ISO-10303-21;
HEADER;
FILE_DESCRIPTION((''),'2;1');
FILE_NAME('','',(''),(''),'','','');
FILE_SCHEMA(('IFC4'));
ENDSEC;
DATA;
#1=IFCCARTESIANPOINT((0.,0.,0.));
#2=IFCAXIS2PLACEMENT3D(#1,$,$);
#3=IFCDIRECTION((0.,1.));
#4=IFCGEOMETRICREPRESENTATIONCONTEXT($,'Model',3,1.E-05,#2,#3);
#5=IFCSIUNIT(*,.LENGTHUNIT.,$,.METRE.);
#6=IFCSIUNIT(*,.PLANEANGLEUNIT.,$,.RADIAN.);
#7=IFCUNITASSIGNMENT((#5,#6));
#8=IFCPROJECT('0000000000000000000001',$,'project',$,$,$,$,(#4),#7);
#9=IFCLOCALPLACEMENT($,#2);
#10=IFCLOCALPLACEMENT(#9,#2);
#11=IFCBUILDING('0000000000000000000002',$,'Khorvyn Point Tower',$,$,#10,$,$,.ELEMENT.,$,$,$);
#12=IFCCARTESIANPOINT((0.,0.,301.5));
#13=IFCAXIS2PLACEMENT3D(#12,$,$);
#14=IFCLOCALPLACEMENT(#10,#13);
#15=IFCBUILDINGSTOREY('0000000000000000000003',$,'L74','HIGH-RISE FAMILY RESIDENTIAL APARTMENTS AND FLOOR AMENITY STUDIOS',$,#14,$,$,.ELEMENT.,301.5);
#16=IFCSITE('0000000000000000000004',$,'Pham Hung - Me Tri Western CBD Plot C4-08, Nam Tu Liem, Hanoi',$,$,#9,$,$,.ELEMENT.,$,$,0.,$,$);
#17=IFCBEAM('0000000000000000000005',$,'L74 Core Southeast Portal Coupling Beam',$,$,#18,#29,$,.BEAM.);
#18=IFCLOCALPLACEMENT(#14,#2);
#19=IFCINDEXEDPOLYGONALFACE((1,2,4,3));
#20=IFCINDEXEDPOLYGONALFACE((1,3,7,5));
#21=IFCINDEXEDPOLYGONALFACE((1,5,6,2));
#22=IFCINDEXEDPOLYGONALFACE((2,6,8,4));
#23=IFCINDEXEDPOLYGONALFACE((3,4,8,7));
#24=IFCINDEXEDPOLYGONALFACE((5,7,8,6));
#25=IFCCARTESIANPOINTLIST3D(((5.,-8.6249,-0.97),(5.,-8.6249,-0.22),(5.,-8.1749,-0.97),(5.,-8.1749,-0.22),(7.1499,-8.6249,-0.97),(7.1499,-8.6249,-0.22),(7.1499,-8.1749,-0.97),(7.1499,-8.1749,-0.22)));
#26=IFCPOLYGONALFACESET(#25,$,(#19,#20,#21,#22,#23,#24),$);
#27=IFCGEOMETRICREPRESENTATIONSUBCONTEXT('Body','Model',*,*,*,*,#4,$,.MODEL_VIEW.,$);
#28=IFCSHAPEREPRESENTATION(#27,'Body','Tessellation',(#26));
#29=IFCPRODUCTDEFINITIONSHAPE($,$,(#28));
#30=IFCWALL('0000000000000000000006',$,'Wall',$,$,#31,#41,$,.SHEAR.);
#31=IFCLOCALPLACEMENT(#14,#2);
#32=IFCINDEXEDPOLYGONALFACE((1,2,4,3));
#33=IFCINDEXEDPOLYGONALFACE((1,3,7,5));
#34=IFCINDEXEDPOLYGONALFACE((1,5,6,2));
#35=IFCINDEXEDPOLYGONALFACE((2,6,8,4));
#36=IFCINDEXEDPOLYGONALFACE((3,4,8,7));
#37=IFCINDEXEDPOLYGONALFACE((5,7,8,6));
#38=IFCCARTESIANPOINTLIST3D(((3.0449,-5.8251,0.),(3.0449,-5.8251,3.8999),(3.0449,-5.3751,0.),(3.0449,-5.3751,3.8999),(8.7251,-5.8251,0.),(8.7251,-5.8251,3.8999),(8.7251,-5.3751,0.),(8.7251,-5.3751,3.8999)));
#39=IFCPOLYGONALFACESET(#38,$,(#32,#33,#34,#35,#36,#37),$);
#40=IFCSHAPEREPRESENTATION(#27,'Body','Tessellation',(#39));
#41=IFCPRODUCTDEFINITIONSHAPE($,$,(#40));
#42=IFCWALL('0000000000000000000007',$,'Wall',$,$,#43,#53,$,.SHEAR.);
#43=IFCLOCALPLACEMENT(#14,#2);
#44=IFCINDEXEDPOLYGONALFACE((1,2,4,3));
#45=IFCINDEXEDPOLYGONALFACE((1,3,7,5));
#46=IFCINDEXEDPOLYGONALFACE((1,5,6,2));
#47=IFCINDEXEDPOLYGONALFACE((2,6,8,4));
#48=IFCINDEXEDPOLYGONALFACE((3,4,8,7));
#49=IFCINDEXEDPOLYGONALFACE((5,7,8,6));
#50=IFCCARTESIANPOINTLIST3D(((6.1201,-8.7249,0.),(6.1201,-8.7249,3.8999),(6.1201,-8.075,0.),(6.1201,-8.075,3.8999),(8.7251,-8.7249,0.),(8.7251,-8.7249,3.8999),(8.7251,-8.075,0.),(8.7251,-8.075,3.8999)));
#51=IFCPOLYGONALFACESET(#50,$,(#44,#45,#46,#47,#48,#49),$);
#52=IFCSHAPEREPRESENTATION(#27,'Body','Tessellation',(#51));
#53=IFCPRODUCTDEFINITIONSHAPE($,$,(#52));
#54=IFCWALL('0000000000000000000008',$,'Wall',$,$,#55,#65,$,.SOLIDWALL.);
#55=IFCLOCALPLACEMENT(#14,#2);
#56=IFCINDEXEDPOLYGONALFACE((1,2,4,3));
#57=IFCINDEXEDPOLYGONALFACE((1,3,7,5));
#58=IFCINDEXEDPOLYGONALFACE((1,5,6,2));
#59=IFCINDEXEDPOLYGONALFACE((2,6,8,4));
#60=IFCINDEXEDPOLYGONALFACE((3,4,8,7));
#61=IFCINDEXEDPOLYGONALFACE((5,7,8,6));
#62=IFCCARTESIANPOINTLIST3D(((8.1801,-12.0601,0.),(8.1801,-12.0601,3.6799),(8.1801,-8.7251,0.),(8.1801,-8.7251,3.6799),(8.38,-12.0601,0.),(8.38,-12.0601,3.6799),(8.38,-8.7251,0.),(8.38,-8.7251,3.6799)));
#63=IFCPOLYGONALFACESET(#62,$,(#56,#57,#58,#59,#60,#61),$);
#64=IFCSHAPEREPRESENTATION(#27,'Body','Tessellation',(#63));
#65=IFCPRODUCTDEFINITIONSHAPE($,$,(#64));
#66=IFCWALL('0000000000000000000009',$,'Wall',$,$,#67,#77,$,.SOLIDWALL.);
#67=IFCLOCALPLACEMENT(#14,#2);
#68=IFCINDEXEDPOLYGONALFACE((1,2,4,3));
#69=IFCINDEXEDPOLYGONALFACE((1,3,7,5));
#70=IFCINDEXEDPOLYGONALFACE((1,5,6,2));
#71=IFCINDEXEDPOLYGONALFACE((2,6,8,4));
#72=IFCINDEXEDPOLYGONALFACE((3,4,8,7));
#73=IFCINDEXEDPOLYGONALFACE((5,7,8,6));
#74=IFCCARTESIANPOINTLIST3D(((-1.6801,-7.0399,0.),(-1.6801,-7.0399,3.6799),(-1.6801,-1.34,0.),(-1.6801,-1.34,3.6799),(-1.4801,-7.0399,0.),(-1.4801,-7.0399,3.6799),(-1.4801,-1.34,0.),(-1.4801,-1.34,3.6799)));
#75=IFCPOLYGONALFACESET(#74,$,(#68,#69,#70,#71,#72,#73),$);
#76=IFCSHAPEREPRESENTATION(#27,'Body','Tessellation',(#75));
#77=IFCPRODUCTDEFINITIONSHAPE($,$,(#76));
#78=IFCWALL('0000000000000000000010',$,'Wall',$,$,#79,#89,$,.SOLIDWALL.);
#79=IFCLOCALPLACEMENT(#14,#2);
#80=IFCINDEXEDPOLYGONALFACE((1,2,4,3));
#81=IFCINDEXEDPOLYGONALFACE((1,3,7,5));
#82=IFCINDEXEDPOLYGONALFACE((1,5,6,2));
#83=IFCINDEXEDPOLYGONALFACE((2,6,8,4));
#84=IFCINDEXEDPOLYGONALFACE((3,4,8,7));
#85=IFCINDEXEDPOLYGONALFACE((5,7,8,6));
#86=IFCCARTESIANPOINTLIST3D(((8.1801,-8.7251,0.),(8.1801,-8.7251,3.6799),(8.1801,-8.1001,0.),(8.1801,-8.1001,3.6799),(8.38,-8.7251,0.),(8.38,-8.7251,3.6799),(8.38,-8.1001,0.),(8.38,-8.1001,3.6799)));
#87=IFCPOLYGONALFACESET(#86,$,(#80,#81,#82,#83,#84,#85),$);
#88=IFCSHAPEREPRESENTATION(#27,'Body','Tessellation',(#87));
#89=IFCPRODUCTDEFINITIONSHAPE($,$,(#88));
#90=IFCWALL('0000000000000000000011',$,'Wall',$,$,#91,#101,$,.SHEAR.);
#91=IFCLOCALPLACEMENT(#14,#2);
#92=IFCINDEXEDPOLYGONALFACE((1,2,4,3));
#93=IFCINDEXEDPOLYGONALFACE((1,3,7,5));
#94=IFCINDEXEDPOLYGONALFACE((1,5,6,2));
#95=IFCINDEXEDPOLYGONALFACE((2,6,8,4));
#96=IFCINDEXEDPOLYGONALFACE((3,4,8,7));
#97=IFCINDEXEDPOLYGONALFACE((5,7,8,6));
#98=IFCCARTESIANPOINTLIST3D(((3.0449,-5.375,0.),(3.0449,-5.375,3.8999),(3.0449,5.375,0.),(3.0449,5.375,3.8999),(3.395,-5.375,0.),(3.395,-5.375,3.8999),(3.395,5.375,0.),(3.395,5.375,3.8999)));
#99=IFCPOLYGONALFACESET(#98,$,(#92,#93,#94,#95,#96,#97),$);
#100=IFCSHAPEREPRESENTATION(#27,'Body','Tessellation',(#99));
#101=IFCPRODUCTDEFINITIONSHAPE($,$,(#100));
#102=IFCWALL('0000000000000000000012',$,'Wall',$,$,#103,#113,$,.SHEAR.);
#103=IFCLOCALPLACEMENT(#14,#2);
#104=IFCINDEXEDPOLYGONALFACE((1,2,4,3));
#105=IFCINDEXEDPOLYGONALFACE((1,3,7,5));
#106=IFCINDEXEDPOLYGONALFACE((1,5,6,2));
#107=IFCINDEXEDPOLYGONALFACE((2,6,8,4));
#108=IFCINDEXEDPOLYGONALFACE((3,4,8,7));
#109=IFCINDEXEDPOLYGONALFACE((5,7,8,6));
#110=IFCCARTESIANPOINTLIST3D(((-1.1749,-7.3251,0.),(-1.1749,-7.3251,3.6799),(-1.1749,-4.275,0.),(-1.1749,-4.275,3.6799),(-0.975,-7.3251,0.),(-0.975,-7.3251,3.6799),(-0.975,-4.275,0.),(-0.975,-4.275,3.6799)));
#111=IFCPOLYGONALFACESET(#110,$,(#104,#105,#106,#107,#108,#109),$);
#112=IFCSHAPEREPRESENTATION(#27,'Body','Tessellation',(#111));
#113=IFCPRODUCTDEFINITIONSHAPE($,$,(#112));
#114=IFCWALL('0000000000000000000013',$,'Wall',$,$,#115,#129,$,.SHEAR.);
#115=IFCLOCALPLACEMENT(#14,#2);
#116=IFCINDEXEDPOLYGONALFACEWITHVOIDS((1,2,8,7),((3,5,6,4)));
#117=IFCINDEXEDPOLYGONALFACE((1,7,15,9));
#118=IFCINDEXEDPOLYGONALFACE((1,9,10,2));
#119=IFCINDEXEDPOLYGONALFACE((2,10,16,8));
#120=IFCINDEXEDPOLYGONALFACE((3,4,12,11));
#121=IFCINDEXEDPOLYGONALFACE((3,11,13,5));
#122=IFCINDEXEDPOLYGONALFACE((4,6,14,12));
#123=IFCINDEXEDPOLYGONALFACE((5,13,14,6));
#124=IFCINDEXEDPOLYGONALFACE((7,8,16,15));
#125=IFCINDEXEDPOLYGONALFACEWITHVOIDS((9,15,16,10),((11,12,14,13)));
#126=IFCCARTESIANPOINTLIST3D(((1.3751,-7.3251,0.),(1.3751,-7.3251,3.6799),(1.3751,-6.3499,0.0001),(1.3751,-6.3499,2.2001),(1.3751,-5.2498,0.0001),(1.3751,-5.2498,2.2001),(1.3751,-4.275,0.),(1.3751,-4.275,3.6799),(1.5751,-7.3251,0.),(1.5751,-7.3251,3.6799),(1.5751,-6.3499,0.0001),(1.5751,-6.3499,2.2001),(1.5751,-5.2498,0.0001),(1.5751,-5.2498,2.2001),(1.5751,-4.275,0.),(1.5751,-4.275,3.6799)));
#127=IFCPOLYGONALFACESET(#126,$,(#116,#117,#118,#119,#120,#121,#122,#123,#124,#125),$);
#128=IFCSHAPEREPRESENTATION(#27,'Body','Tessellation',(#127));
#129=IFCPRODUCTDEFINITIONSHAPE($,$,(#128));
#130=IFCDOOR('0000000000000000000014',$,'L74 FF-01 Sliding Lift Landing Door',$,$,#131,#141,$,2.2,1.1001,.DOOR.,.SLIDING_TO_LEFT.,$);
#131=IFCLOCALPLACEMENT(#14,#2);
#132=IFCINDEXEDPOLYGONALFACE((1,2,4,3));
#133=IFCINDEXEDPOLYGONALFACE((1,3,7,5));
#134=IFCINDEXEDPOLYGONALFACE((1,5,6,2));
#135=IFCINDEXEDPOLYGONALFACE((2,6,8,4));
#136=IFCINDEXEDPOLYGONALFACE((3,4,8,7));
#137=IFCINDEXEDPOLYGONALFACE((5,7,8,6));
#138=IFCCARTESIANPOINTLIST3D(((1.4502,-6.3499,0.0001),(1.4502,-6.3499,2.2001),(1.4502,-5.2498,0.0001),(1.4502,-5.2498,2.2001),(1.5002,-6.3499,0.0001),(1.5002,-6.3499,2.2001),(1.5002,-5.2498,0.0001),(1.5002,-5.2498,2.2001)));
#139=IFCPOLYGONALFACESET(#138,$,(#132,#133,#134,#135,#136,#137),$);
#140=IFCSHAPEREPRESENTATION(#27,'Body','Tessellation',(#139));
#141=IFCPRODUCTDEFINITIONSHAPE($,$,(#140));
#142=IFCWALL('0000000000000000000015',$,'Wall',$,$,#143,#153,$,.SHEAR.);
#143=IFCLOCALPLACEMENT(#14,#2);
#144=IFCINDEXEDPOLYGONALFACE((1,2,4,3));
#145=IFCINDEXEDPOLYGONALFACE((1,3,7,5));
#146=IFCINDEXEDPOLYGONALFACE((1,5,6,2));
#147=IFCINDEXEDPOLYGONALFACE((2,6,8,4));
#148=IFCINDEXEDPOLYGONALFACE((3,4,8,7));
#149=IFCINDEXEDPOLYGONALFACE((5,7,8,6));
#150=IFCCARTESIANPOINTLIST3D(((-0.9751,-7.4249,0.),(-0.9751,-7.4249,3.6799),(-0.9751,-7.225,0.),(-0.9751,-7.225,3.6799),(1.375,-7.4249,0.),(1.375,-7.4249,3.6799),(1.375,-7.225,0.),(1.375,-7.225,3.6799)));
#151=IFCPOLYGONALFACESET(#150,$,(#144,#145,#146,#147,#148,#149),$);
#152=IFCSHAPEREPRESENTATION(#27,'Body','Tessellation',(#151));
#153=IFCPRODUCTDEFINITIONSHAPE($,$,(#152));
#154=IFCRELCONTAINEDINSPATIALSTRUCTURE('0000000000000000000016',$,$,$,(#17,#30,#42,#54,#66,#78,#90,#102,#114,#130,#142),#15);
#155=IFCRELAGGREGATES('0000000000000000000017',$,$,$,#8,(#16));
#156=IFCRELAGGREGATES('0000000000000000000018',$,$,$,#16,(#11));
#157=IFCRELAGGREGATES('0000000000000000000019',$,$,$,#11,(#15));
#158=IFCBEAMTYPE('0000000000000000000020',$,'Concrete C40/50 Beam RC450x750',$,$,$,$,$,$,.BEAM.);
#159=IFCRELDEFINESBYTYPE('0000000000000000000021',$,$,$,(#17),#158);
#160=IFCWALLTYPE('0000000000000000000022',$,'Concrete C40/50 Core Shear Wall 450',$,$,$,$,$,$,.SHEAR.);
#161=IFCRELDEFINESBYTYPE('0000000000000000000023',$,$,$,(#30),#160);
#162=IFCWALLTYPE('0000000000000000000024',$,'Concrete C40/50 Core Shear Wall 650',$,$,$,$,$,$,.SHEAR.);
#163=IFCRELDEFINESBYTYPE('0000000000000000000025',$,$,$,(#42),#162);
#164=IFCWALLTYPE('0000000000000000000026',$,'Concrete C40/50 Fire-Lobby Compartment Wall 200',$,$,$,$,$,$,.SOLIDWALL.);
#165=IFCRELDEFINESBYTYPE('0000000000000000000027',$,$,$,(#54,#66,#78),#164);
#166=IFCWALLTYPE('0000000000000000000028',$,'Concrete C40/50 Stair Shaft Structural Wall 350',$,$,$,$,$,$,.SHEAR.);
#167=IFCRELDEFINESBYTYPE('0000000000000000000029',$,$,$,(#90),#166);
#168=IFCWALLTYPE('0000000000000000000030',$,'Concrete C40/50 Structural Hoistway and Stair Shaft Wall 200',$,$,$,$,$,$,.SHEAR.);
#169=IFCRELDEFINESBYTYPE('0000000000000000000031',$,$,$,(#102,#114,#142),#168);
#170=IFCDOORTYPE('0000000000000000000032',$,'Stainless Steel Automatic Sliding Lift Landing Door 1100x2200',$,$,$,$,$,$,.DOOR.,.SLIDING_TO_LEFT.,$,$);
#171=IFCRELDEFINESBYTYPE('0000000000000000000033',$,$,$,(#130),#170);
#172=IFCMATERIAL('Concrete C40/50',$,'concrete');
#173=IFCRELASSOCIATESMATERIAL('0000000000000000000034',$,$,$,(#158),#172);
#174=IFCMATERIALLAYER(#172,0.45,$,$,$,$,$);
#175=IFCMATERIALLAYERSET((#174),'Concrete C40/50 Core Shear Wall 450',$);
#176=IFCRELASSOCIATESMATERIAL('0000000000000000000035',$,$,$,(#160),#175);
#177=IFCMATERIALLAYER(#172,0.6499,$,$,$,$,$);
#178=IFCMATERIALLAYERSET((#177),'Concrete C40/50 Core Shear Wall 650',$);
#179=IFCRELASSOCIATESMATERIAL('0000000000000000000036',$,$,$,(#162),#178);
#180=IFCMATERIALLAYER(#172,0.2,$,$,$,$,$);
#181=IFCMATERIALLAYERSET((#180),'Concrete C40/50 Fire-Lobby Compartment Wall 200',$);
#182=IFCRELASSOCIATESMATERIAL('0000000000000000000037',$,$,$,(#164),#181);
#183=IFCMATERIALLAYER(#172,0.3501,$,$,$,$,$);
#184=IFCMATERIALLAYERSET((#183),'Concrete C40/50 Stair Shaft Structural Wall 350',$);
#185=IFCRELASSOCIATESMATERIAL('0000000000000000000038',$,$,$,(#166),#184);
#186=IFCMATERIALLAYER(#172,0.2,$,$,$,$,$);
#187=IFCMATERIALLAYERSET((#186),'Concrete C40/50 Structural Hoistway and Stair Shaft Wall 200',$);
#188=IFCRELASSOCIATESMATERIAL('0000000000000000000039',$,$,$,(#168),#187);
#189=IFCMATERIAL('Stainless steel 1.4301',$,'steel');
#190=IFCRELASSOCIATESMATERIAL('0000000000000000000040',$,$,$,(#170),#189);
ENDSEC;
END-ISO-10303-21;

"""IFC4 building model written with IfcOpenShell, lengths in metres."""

from ifc_helpers import new_model, si_unit, direction, frame, frame_2d, origin, origin_2d, place, context, subcontext, project, spatial, rectangle, extrude, material, layer, layer_set, material_profile, profile_set, type_object, element, fill, save


model = new_model("IFC4")

# Units and contexts
model_context = context("Model", 3, precision=1e-05, world=origin(), true_north=direction((0.0, 1.0)))
body_context = subcontext(model_context, "Body", "Model", "MODEL_VIEW")
ifc_project = project(units=[si_unit("LENGTHUNIT", "METRE"), si_unit("PLANEANGLEUNIT", "RADIAN")], contexts=[model_context])

# Site, building, storey
site_placement = place(None, origin())
site = spatial("IfcSite", under=ifc_project, at=site_placement, Name="Pham Hung - Me Tri Western CBD Plot C4-08, Nam Tu Liem, Hanoi", CompositionType="ELEMENT", RefElevation=0.0)
building_placement = place(site_placement, origin())
building = spatial("IfcBuilding", under=site, at=building_placement, Name="Khorvyn Point Tower", CompositionType="ELEMENT")
storey_placement = place(building_placement, frame((0.0, 0.0, 301.5)))
storey = spatial("IfcBuildingStorey", under=building, at=storey_placement, Name="L74", Description="HIGH-RISE FAMILY RESIDENTIAL APARTMENTS AND FLOOR AMENITY STUDIOS", CompositionType="ELEMENT", Elevation=301.5)

# Beam
ifc_material_1 = material(Name="Concrete C40/50", Category="concrete")
ifc_material_profile = material_profile(ifc_material_1, rectangle(XDim=0.45, YDim=0.75, at=origin_2d()))
ifc_profile_set = profile_set([ifc_material_profile], Name="Concrete C40/50 RC450x750")
beam_type = type_object("IfcBeamType", Name="Concrete C40/50 Beam RC450x750", PredefinedType="BEAM", material=ifc_profile_set)
beam_placement = place(storey_placement, frame((5.0, -8.3999, -0.595), z_axis=(1.0, 0.0, 0.0), x_axis=(0.0, 1.0, 0.0)))
element("IfcBeam", 1, at=beam_placement, inside=storey, type_object=beam_type, Name="L74 Core Southeast Portal Coupling Beam", PredefinedType="BEAM", context=body_context, shape_type="SweptSolid", body=[
    extrude(rectangle(XDim=0.45, YDim=0.75, at=origin_2d()), origin(), (0.0, 0.0, 1.0), 2.1499),
])

# Walls
ifc_layer_1 = layer(ifc_material_1, 0.45)
ifc_layer_set_1 = layer_set([ifc_layer_1], Name="Concrete C40/50 Core Shear Wall 450")
wall_type_1 = type_object("IfcWallType", Name="Concrete C40/50 Core Shear Wall 450", PredefinedType="SHEAR", material=ifc_layer_set_1)
wall_1_placement = place(storey_placement, frame((3.0449, -5.6001, 0.0), z_axis=(0.0, 0.0, 1.0), x_axis=(1.0, 0.0, 0.0)))
element("IfcWall", 2, at=wall_1_placement, inside=storey, type_object=wall_type_1, Name="Wall", PredefinedType="SHEAR", context=body_context, shape_type="SweptSolid", body=[
    extrude(rectangle(XDim=5.6802, YDim=0.45, at=frame_2d((2.8401, 0.0))), origin(), (0.0, 0.0, 1.0), 3.8999),
])
ifc_layer_2 = layer(ifc_material_1, 0.6499)
ifc_layer_set_2 = layer_set([ifc_layer_2], Name="Concrete C40/50 Core Shear Wall 650")
wall_type_2 = type_object("IfcWallType", Name="Concrete C40/50 Core Shear Wall 650", PredefinedType="SHEAR", material=ifc_layer_set_2)
wall_2_placement = place(storey_placement, frame((6.1201, -8.3999, 0.0), z_axis=(0.0, 0.0, 1.0), x_axis=(1.0, 0.0, 0.0)))
element("IfcWall", 3, at=wall_2_placement, inside=storey, type_object=wall_type_2, Name="Wall", PredefinedType="SHEAR", context=body_context, shape_type="SweptSolid", body=[
    extrude(rectangle(XDim=2.605, YDim=0.6499, at=frame_2d((1.3025, 0.0))), origin(), (0.0, 0.0, 1.0), 3.8999),
])

# Shared definitions
ifc_layer_3 = layer(ifc_material_1, 0.2)
ifc_layer_set_3 = layer_set([ifc_layer_3], Name="Concrete C40/50 Fire-Lobby Compartment Wall 200")
wall_type_3 = type_object("IfcWallType", Name="Concrete C40/50 Fire-Lobby Compartment Wall 200", PredefinedType="SOLIDWALL", material=ifc_layer_set_3)

# Walls
wall_3_placement = place(storey_placement, frame((8.28, -12.0601, 0.0), z_axis=(0.0, 0.0, 1.0), x_axis=(0.0, 1.0, 0.0)))
element("IfcWall", 4, at=wall_3_placement, inside=storey, type_object=wall_type_3, Name="Wall", PredefinedType="SOLIDWALL", context=body_context, shape_type="SweptSolid", body=[
    extrude(rectangle(XDim=3.335, YDim=0.2, at=frame_2d((1.6675, 0.0))), origin(), (0.0, 0.0, 1.0), 3.6799),
])
wall_4_placement = place(storey_placement, frame((-1.5801, -7.04, 0.0), z_axis=(0.0, 0.0, 1.0), x_axis=(0.0, 1.0, 0.0)))
element("IfcWall", 5, at=wall_4_placement, inside=storey, type_object=wall_type_3, Name="Wall", PredefinedType="SOLIDWALL", context=body_context, shape_type="SweptSolid", body=[
    extrude(rectangle(XDim=5.7, YDim=0.2, at=frame_2d((2.8501, 0.0))), origin(), (0.0, 0.0, 1.0), 3.6799),
])
wall_5_placement = place(storey_placement, frame((8.28, -8.7251, 0.0), z_axis=(0.0, 0.0, 1.0), x_axis=(0.0, 1.0, 0.0)))
element("IfcWall", 6, at=wall_5_placement, inside=storey, type_object=wall_type_3, Name="Wall", PredefinedType="SOLIDWALL", context=body_context, shape_type="SweptSolid", body=[
    extrude(rectangle(XDim=0.625, YDim=0.2, at=frame_2d((0.3125, 0.0))), origin(), (0.0, 0.0, 1.0), 3.6799),
])
ifc_layer_4 = layer(ifc_material_1, 0.3501)
ifc_layer_set_4 = layer_set([ifc_layer_4], Name="Concrete C40/50 Stair Shaft Structural Wall 350")
wall_type_4 = type_object("IfcWallType", Name="Concrete C40/50 Stair Shaft Structural Wall 350", PredefinedType="SHEAR", material=ifc_layer_set_4)
wall_6_placement = place(storey_placement, frame((3.22, -5.375, 0.0), z_axis=(0.0, 0.0, 1.0), x_axis=(0.0, 1.0, 0.0)))
element("IfcWall", 7, at=wall_6_placement, inside=storey, type_object=wall_type_4, Name="Wall", PredefinedType="SHEAR", context=body_context, shape_type="SweptSolid", body=[
    extrude(rectangle(XDim=10.75, YDim=0.3501, at=frame_2d((5.375, 0.0))), origin(), (0.0, 0.0, 1.0), 3.8999),
])

# Wall
ifc_layer_5 = layer(ifc_material_1, 0.2)
ifc_layer_set_5 = layer_set([ifc_layer_5], Name="Concrete C40/50 Structural Hoistway and Stair Shaft Wall 200")
wall_type_5 = type_object("IfcWallType", Name="Concrete C40/50 Structural Hoistway and Stair Shaft Wall 200", PredefinedType="SHEAR", material=ifc_layer_set_5)
wall_7_placement = place(storey_placement, frame((-1.075, -7.325, 0.0), z_axis=(0.0, 0.0, 1.0), x_axis=(0.0, 1.0, 0.0)))
element("IfcWall", 8, at=wall_7_placement, inside=storey, type_object=wall_type_5, Name="Wall", PredefinedType="SHEAR", context=body_context, shape_type="SweptSolid", body=[
    extrude(rectangle(XDim=3.05, YDim=0.2, at=frame_2d((1.5249, 0.0))), origin(), (0.0, 0.0, 1.0), 3.6799),
])

# Wall, opening, door
wall_8_placement = place(storey_placement, frame((1.4751, -7.325, 0.0), z_axis=(0.0, 0.0, 1.0), x_axis=(0.0, 1.0, 0.0)))
wall_8 = element("IfcWall", 9, at=wall_8_placement, inside=storey, type_object=wall_type_5, Name="Wall", PredefinedType="SHEAR", context=body_context, shape_type="SweptSolid", body=[
    extrude(rectangle(XDim=3.05, YDim=0.2, at=frame_2d((1.5249, 0.0))), origin(), (0.0, 0.0, 1.0), 3.6799),
])
opening_1_placement = place(wall_8_placement, frame((0.9751, 0.0, 0.0)))
opening_1 = element("IfcOpeningElement", 10, at=opening_1_placement, cuts=wall_8, PredefinedType="OPENING", context=body_context, shape_type="SweptSolid", body=[
    extrude(rectangle(XDim=1.1001, YDim=2.2, at=frame_2d((0.55, 1.1001))), frame((0.0, 0.1099, 0.0), z_axis=(0.0, -1.0, 0.0), x_axis=(1.0, 0.0, 0.0)), (0.0, 0.0, 1.0), 0.22),
])
ifc_material_2 = material(Name="Stainless steel 1.4301", Category="steel")
door_type_1 = type_object("IfcDoorType", Name="Stainless Steel Automatic Sliding Lift Landing Door 1100x2200", OperationType="SLIDING_TO_LEFT", PredefinedType="DOOR", material=ifc_material_2)
door_1_placement = place(opening_1_placement, origin())
door_1 = element("IfcDoor", 11, at=door_1_placement, inside=storey, type_object=door_type_1, Name="L74 FF-01 Sliding Lift Landing Door", OperationType="SLIDING_TO_LEFT", OverallHeight=2.2, OverallWidth=1.1001, PredefinedType="DOOR", context=body_context, shape_type="SweptSolid", body=[
    extrude(rectangle(XDim=1.1001, YDim=2.2, at=frame_2d((0.55, 1.1001))), frame((0.0, 0.0249, 0.0), z_axis=(0.0, -1.0, 0.0), x_axis=(1.0, 0.0, 0.0)), (0.0, 0.0, 1.0), 0.05),
])
fill(opening_1, door_1)

# Wall
wall_9_placement = place(storey_placement, frame((-0.9751, -7.325, 0.0), z_axis=(0.0, 0.0, 1.0), x_axis=(1.0, 0.0, 0.0)))
element("IfcWall", 12, at=wall_9_placement, inside=storey, type_object=wall_type_5, Name="Wall", PredefinedType="SHEAR", context=body_context, shape_type="SweptSolid", body=[
    extrude(rectangle(XDim=2.3501, YDim=0.2, at=frame_2d((1.175, 0.0))), origin(), (0.0, 0.0, 1.0), 3.6799),
])

save(model, "model.ifc")
